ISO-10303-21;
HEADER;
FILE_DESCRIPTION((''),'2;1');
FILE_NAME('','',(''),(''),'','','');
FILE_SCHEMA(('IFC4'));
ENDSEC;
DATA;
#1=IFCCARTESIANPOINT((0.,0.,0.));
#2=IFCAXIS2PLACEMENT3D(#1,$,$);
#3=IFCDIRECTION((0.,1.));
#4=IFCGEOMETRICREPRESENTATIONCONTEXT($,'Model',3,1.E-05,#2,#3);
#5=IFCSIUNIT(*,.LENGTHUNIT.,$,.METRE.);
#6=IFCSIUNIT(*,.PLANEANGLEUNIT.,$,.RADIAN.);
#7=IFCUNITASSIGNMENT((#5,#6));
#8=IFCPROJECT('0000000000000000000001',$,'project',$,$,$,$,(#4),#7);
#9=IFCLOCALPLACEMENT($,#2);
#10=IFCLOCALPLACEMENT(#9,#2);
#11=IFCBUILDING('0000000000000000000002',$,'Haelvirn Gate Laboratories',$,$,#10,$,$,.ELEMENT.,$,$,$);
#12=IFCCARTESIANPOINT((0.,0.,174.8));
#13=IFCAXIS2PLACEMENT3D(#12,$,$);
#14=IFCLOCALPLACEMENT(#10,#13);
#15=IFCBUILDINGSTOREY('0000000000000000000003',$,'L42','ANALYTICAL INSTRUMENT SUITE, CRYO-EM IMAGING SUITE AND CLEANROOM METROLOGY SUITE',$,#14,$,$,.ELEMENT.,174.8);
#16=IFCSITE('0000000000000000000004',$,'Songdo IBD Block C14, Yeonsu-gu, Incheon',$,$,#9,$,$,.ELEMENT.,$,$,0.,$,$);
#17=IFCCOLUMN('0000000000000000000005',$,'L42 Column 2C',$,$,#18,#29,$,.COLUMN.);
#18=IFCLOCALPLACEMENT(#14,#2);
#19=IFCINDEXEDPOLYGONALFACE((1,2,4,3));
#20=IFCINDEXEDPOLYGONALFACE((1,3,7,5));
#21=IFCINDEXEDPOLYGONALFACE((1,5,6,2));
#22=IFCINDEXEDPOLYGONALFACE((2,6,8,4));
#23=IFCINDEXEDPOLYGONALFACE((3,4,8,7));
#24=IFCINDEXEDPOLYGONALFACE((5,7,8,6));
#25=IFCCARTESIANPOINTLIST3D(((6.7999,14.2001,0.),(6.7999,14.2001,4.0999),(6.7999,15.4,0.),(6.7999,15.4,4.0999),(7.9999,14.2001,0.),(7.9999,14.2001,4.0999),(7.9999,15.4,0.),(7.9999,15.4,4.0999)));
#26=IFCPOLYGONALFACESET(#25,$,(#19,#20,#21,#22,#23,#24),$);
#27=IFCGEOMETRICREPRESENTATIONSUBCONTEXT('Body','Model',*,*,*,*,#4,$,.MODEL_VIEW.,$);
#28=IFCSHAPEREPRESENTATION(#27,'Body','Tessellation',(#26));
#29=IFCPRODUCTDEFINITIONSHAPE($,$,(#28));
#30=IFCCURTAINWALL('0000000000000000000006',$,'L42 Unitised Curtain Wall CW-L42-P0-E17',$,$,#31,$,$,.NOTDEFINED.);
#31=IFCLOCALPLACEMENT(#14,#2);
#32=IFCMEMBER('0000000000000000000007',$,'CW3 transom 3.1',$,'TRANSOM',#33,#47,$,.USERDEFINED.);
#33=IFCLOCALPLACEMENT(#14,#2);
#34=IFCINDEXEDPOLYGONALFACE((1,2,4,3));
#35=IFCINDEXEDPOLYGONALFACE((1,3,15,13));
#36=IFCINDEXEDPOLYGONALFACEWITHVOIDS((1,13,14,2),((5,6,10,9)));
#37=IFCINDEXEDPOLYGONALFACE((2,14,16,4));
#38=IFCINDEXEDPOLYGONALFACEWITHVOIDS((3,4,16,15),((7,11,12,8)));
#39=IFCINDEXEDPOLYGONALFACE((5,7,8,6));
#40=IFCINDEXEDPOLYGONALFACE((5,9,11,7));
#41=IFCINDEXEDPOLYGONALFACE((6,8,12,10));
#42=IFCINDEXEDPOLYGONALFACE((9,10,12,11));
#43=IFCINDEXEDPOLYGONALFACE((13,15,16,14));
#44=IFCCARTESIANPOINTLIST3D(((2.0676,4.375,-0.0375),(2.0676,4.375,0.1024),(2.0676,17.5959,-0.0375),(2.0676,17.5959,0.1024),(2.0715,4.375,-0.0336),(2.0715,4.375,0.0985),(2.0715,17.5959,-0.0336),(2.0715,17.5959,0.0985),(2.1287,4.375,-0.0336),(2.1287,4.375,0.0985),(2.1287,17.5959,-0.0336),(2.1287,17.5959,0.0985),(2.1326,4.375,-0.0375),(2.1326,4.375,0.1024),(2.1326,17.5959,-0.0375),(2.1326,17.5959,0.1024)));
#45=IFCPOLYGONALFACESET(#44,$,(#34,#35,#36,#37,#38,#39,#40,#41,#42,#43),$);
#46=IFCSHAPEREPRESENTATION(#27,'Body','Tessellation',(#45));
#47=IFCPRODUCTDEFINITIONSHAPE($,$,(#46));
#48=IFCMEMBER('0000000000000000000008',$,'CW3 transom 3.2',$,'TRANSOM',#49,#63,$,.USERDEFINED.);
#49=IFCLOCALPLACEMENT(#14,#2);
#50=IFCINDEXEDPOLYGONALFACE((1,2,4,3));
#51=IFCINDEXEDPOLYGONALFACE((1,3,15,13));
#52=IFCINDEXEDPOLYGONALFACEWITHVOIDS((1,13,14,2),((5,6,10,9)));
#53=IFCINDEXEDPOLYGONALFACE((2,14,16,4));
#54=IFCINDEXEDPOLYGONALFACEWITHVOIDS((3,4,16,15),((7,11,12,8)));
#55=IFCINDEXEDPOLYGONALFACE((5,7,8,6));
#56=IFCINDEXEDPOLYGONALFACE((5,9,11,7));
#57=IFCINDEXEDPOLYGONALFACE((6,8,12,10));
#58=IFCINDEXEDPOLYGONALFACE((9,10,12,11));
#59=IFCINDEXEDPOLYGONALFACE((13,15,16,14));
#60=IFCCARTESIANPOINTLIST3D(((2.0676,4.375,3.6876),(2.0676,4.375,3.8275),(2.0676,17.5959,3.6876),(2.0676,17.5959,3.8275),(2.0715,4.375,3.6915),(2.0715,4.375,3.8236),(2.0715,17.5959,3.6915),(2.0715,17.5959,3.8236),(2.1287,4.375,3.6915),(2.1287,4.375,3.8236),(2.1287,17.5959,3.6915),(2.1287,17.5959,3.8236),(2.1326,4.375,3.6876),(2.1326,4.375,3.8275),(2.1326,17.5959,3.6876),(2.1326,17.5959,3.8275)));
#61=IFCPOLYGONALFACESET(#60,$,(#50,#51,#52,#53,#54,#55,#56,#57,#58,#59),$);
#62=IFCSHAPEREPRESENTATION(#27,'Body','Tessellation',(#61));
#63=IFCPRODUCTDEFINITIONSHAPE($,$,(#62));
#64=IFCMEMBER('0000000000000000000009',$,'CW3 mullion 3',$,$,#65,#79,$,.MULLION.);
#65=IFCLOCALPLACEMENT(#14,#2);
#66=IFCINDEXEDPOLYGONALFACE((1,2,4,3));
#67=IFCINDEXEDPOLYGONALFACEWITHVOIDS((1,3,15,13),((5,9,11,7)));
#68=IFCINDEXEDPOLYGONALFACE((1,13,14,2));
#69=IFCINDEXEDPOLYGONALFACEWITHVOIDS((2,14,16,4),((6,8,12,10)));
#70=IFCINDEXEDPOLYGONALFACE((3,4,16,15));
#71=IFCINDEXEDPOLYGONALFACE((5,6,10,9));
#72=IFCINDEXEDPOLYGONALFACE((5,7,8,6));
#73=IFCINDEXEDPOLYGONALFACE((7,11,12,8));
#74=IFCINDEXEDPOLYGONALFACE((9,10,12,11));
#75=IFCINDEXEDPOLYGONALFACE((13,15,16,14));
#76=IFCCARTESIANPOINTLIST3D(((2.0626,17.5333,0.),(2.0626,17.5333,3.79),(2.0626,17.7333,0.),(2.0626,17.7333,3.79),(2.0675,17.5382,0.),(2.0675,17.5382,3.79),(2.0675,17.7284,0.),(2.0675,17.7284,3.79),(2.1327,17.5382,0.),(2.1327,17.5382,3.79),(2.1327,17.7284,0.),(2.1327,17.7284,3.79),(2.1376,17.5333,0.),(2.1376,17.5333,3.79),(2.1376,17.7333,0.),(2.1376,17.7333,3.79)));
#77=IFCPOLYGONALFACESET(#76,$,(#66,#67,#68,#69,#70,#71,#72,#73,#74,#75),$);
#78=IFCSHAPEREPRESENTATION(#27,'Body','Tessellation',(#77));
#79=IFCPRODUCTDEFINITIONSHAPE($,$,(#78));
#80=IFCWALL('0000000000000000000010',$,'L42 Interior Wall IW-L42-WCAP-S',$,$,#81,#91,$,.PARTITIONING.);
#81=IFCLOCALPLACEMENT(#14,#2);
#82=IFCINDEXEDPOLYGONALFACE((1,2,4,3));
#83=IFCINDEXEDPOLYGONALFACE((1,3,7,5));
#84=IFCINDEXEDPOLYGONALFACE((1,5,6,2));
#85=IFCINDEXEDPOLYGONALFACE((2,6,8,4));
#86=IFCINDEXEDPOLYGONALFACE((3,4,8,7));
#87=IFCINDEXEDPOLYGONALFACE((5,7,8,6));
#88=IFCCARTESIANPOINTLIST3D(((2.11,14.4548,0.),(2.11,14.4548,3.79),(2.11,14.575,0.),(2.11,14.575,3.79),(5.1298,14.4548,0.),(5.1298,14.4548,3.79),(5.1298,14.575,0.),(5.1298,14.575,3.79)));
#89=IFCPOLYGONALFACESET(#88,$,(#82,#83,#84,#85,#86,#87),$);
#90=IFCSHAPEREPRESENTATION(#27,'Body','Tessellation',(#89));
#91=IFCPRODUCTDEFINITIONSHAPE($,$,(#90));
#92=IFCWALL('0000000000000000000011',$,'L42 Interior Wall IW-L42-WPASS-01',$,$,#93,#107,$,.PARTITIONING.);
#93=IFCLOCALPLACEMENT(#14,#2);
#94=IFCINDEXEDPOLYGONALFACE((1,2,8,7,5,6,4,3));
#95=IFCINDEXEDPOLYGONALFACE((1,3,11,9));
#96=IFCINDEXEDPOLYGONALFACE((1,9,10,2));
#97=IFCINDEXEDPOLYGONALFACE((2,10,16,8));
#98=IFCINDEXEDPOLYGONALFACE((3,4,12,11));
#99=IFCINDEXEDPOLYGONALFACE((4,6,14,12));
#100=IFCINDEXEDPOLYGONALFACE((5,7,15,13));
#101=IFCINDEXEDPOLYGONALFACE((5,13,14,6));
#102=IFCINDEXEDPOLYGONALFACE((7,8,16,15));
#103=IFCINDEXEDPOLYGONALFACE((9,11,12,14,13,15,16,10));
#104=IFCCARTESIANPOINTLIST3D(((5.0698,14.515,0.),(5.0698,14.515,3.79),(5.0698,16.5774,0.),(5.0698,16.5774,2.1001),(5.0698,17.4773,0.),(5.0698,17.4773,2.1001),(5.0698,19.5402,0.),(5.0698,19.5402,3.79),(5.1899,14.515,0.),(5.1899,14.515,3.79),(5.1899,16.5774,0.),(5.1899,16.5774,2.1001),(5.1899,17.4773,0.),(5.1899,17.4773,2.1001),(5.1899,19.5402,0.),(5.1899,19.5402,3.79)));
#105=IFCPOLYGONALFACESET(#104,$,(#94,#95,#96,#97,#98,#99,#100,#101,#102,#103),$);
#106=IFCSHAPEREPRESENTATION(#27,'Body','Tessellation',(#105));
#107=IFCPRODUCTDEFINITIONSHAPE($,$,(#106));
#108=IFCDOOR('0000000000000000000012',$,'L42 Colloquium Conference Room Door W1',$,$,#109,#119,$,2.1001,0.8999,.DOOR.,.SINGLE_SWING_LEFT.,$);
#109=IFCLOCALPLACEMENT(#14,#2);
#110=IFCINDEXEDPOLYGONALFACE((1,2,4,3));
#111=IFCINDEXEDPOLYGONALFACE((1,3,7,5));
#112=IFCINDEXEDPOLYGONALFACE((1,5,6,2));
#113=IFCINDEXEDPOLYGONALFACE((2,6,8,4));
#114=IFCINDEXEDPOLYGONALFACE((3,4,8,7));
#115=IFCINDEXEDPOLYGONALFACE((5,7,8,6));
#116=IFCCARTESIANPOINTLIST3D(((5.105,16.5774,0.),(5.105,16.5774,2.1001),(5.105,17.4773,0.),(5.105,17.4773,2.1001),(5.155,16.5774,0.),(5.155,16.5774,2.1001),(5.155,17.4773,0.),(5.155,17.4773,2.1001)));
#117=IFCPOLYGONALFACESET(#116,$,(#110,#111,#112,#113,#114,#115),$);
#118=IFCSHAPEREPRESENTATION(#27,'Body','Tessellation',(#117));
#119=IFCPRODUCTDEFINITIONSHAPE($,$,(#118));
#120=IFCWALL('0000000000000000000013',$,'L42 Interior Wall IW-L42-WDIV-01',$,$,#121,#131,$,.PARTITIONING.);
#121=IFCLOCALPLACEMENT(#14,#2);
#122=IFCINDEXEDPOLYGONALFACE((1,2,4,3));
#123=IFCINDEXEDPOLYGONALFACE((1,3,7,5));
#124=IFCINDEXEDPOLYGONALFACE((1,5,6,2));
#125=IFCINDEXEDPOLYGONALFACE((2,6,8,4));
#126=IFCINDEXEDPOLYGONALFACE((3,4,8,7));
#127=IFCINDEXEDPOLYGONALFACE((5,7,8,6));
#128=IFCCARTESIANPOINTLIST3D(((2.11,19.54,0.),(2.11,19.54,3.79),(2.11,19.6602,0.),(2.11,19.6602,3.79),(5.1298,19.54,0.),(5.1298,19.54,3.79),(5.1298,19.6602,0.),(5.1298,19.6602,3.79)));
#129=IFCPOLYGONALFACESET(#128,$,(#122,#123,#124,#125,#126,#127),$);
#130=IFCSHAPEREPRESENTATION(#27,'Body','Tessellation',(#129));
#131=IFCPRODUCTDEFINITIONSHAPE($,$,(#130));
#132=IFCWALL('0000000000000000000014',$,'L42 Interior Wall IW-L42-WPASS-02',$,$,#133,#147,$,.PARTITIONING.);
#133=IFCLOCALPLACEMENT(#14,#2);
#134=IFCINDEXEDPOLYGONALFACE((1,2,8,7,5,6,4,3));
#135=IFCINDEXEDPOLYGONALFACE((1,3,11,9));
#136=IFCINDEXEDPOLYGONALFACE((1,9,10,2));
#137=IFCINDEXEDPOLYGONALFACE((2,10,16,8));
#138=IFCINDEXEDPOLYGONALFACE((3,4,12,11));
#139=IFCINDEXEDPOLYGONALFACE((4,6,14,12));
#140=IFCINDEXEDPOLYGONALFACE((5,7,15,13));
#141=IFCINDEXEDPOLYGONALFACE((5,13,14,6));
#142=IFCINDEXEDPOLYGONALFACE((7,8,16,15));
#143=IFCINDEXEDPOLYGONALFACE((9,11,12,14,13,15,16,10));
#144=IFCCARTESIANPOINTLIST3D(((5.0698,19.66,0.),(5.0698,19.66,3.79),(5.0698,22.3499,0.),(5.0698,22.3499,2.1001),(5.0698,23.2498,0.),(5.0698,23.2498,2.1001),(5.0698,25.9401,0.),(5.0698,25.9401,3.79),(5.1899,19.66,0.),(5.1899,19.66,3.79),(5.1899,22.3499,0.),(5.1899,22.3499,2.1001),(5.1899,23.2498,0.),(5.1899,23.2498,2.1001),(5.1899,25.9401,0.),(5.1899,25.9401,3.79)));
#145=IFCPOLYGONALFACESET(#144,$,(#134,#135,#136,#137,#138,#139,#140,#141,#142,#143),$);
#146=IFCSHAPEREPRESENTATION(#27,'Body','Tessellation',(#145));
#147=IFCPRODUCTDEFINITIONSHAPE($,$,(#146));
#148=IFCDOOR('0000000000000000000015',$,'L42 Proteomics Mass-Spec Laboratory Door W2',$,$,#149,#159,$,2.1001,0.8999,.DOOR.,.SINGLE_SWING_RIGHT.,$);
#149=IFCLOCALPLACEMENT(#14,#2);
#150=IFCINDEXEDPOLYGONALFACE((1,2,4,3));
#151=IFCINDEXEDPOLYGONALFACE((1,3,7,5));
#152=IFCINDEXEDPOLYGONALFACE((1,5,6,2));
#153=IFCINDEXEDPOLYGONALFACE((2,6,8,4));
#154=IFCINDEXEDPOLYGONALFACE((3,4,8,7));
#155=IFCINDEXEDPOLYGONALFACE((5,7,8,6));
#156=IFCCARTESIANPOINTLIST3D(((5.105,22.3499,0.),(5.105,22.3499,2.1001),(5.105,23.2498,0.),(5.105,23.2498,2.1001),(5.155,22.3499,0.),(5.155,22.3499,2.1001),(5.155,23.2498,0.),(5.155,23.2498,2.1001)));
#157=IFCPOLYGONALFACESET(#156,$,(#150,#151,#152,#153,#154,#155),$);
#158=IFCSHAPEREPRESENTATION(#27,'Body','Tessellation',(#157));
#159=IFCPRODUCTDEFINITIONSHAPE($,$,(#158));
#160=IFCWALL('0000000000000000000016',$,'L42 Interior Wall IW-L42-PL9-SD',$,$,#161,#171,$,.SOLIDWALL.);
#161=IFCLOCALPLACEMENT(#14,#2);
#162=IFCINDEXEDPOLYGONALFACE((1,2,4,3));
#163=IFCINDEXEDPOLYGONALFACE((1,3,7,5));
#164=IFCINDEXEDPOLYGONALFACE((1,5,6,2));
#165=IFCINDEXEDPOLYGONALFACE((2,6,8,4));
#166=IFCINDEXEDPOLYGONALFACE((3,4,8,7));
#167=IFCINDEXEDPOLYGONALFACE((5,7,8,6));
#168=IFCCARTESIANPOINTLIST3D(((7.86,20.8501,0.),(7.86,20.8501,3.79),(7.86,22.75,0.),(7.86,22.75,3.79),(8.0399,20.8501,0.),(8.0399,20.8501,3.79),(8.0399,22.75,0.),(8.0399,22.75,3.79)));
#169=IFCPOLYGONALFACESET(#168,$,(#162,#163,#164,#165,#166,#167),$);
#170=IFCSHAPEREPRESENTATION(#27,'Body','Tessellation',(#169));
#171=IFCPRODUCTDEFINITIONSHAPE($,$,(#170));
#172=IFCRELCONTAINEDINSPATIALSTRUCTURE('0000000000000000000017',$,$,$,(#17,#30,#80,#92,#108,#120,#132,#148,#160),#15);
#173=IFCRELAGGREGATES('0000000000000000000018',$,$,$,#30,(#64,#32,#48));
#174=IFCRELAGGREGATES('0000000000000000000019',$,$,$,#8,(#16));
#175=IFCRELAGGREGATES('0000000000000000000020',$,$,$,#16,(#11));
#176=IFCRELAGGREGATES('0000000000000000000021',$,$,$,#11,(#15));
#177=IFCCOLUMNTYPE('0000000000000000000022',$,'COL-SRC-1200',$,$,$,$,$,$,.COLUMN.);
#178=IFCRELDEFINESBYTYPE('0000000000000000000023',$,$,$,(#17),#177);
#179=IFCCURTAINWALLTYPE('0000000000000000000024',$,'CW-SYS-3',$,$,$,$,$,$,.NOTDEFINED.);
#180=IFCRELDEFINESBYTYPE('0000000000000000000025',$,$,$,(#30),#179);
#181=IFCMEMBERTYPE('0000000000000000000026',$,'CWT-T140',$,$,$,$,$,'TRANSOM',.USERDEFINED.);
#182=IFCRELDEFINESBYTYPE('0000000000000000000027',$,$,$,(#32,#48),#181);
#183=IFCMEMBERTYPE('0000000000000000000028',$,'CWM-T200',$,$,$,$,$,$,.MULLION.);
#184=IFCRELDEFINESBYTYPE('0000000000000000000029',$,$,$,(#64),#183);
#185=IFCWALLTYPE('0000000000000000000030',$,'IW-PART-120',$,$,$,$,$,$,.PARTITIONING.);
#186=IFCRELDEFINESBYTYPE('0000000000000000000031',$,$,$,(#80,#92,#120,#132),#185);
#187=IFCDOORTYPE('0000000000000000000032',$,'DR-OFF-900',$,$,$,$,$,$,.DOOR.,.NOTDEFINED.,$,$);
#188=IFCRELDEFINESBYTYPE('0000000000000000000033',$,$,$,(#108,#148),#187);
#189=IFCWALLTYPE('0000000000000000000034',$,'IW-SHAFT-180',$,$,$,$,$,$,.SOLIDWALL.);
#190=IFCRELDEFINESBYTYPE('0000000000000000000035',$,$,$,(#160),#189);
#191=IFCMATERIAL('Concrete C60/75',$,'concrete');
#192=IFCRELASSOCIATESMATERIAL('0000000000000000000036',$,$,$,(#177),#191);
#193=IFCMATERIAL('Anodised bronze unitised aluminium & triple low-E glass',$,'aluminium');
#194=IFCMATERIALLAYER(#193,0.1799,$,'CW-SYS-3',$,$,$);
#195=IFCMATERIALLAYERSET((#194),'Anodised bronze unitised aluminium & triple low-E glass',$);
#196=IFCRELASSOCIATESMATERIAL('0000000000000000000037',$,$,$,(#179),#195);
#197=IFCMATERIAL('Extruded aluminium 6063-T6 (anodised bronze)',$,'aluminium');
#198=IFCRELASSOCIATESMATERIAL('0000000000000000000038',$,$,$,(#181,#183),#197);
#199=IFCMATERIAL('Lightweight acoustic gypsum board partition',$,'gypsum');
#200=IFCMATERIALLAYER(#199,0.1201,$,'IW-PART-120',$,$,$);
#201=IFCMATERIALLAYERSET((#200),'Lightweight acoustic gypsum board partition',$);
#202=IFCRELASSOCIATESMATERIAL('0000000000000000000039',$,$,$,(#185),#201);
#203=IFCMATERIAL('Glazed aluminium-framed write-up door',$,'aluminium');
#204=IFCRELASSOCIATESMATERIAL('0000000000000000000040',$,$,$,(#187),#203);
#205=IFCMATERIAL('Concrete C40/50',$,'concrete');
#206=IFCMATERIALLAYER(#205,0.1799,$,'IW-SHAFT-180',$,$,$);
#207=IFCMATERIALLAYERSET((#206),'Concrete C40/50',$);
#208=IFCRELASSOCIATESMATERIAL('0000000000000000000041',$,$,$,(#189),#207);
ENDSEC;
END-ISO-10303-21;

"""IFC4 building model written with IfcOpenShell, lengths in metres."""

from ifc_helpers import new_model, si_unit, direction, frame, frame_2d, origin, origin_2d, place, context, subcontext, project, spatial, rectangle, hollow_rectangle, extrude, source, transform, mapped, material, layer, layer_set, material_profile, profile_set, type_object, type_shapes, element, fill, aggregate, save


model = new_model("IFC4")

# Units and contexts
model_context = context("Model", 3, precision=1e-05, world=origin(), true_north=direction((0.0, 1.0)))
body_context = subcontext(model_context, "Body", "Model", "MODEL_VIEW")
ifc_project = project(units=[si_unit("LENGTHUNIT", "METRE"), si_unit("PLANEANGLEUNIT", "RADIAN")], contexts=[model_context])

# Site, building, storey
site_placement = place(None, origin())
site = spatial("IfcSite", under=ifc_project, at=site_placement, Name="Songdo IBD Block C14, Yeonsu-gu, Incheon", CompositionType="ELEMENT", RefElevation=0.0)
building_placement = place(site_placement, origin())
building = spatial("IfcBuilding", under=site, at=building_placement, Name="Haelvirn Gate Laboratories", CompositionType="ELEMENT")
storey_placement = place(building_placement, frame((0.0, 0.0, 174.8)))
storey = spatial("IfcBuildingStorey", under=building, at=storey_placement, Name="L42", Description="ANALYTICAL INSTRUMENT SUITE, CRYO-EM IMAGING SUITE AND CLEANROOM METROLOGY SUITE", CompositionType="ELEMENT", Elevation=174.8)

# Column
ifc_material_1 = material(Name="Concrete C60/75", Category="concrete")
ifc_material_profile_1 = material_profile(ifc_material_1, rectangle(XDim=1.2, YDim=1.2, at=origin_2d()), Name="SRC-1200x1200")
ifc_profile_set_1 = profile_set([ifc_material_profile_1], Name="Concrete C60/75")
column_type = type_object("IfcColumnType", Name="COL-SRC-1200", PredefinedType="COLUMN", material=ifc_profile_set_1)
shared_shape_1 = source(origin(), body_context, "Body", "SweptSolid", [
    extrude(rectangle(XDim=1.2, YDim=1.2, at=origin_2d()), origin(), (0.0, 0.0, 1.0), 4.0999),
])
type_shapes(column_type, [shared_shape_1])
column_placement = place(storey_placement, frame((7.3999, 14.8, 0.0), z_axis=(0.0, 0.0, 1.0), x_axis=(1.0, 0.0, 0.0)))
element("IfcColumn", 1, at=column_placement, inside=storey, type_object=column_type, Name="L42 Column 2C", PredefinedType="COLUMN", context=body_context, shape_type="MappedRepresentation", body=[
    mapped(shared_shape_1, transform((0.0, 0.0, 0.0), scale=1.0)),
])

# Curtain wall, members
ifc_material_2 = material(Name="Anodised bronze unitised aluminium & triple low-E glass", Category="aluminium")
ifc_layer_1 = layer(ifc_material_2, 0.1799, Name="CW-SYS-3")
ifc_layer_set_1 = layer_set([ifc_layer_1], Name="Anodised bronze unitised aluminium & triple low-E glass")
curtain_wall_type = type_object("IfcCurtainWallType", Name="CW-SYS-3", PredefinedType="NOTDEFINED", material=ifc_layer_set_1)
curtain_wall_placement = place(storey_placement, origin())
curtain_wall = element("IfcCurtainWall", 2, at=curtain_wall_placement, inside=storey, type_object=curtain_wall_type, Name="L42 Unitised Curtain Wall CW-L42-P0-E17", PredefinedType="NOTDEFINED")
ifc_material_3 = material(Name="Extruded aluminium 6063-T6 (anodised bronze)", Category="aluminium")
ifc_material_profile_2 = material_profile(ifc_material_3, hollow_rectangle(XDim=0.0649, YDim=0.1399, WallThickness=0.0039, at=origin_2d()), Name="CWT-140x65x4")
ifc_profile_set_2 = profile_set([ifc_material_profile_2], Name="Extruded aluminium 6063-T6 (anodised bronze)")
member_type_1 = type_object("IfcMemberType", Name="CWT-T140", ElementType="TRANSOM", PredefinedType="USERDEFINED", material=ifc_profile_set_2)
shared_shape_2 = source(origin(), body_context, "Body", "SweptSolid", [
    extrude(hollow_rectangle(XDim=0.0649, YDim=0.1399, WallThickness=0.0039, at=origin_2d()), origin(), (0.0, 0.0, 1.0), 13.2209),
])
type_shapes(member_type_1, [shared_shape_2])
member_1_placement = place(storey_placement, frame((2.1001, 17.5959, 0.0325), z_axis=(0.0, -1.0, 0.0), x_axis=(1.0, 0.0, 0.0)))
member_1 = element("IfcMember", 3, at=member_1_placement, type_object=member_type_1, Name="CW3 transom 3.1", ObjectType="TRANSOM", PredefinedType="USERDEFINED", context=body_context, shape_type="MappedRepresentation", body=[
    mapped(shared_shape_2, transform((0.0, 0.0, 0.0), scale=1.0)),
])
member_2_placement = place(storey_placement, frame((2.1001, 17.5959, 3.7576), z_axis=(0.0, -1.0, 0.0), x_axis=(1.0, 0.0, 0.0)))
member_2 = element("IfcMember", 4, at=member_2_placement, type_object=member_type_1, Name="CW3 transom 3.2", ObjectType="TRANSOM", PredefinedType="USERDEFINED", context=body_context, shape_type="MappedRepresentation", body=[
    mapped(shared_shape_2, transform((0.0, 0.0, 0.0), scale=1.0)),
])
ifc_material_profile_3 = material_profile(ifc_material_3, hollow_rectangle(XDim=0.075, YDim=0.2, WallThickness=0.0049, at=origin_2d()), Name="CWM-200x75x5")
ifc_profile_set_3 = profile_set([ifc_material_profile_3], Name="Extruded aluminium 6063-T6 (anodised bronze)")
member_type_2 = type_object("IfcMemberType", Name="CWM-T200", PredefinedType="MULLION", material=ifc_profile_set_3)
shared_shape_3 = source(origin(), body_context, "Body", "SweptSolid", [
    extrude(hollow_rectangle(XDim=0.075, YDim=0.2, WallThickness=0.0049, at=origin_2d()), origin(), (0.0, 0.0, 1.0), 3.79),
])
type_shapes(member_type_2, [shared_shape_3])
member_3_placement = place(storey_placement, frame((2.1001, 17.6333, 0.0), z_axis=(0.0, 0.0, 1.0), x_axis=(1.0, 0.0, 0.0)))
member_3 = element("IfcMember", 5, at=member_3_placement, type_object=member_type_2, Name="CW3 mullion 3", PredefinedType="MULLION", context=body_context, shape_type="MappedRepresentation", body=[
    mapped(shared_shape_3, transform((0.0, 0.0, 0.0), scale=1.0)),
])
aggregate(curtain_wall, [member_3, member_1, member_2])

# Wall
ifc_material_4 = material(Name="Lightweight acoustic gypsum board partition", Category="gypsum")
ifc_layer_2 = layer(ifc_material_4, 0.1201, Name="IW-PART-120")
ifc_layer_set_2 = layer_set([ifc_layer_2], Name="Lightweight acoustic gypsum board partition")
wall_type_1 = type_object("IfcWallType", Name="IW-PART-120", PredefinedType="PARTITIONING", material=ifc_layer_set_2)
wall_1_placement = place(storey_placement, frame((2.1101, 14.5149, 0.0), z_axis=(0.0, 0.0, 1.0), x_axis=(1.0, 0.0, 0.0)))
element("IfcWall", 6, at=wall_1_placement, inside=storey, type_object=wall_type_1, Name="L42 Interior Wall IW-L42-WCAP-S", PredefinedType="PARTITIONING", context=body_context, shape_type="SweptSolid", body=[
    extrude(rectangle(XDim=3.0198, YDim=0.1201, at=frame_2d((1.5098, 0.0))), origin(), (0.0, 0.0, 1.0), 3.79),
])

# Wall, opening, door
wall_2_placement = place(storey_placement, frame((5.1299, 14.5149, 0.0), z_axis=(0.0, 0.0, 1.0), x_axis=(0.0, 1.0, 0.0)))
wall_2 = element("IfcWall", 7, at=wall_2_placement, inside=storey, type_object=wall_type_1, Name="L42 Interior Wall IW-L42-WPASS-01", PredefinedType="PARTITIONING", context=body_context, shape_type="SweptSolid", body=[
    extrude(rectangle(XDim=5.0251, YDim=0.1201, at=frame_2d((2.5127, 0.0))), origin(), (0.0, 0.0, 1.0), 3.79),
])
opening_1_placement = place(wall_2_placement, frame((2.0625, 0.0, 0.0)))
opening_1 = element("IfcOpeningElement", 8, at=opening_1_placement, cuts=wall_2, PredefinedType="OPENING", context=body_context, shape_type="SweptSolid", body=[
    extrude(rectangle(XDim=0.8999, YDim=2.1001, at=frame_2d((0.45, 1.05))), frame((0.0, 0.0701, 0.0), z_axis=(0.0, -1.0, 0.0), x_axis=(1.0, 0.0, 0.0)), (0.0, 0.0, 1.0), 0.1401),
])
ifc_material_5 = material(Name="Glazed aluminium-framed write-up door", Category="aluminium")
door_type_1 = type_object("IfcDoorType", Name="DR-OFF-900", OperationType="NOTDEFINED", PredefinedType="DOOR", material=ifc_material_5)
shared_shape_4 = source(origin(), body_context, "Body", "SweptSolid", [
    extrude(rectangle(XDim=0.8999, YDim=2.1001, at=frame_2d((0.45, 1.05))), frame((0.0, 0.0249, 0.0), z_axis=(0.0, -1.0, 0.0), x_axis=(1.0, 0.0, 0.0)), (0.0, 0.0, 1.0), 0.05),
])
type_shapes(door_type_1, [shared_shape_4])
door_1_placement = place(opening_1_placement, origin())
door_1 = element("IfcDoor", 9, at=door_1_placement, inside=storey, type_object=door_type_1, Name="L42 Colloquium Conference Room Door W1", OperationType="SINGLE_SWING_LEFT", OverallHeight=2.1001, OverallWidth=0.8999, PredefinedType="DOOR", context=body_context, shape_type="MappedRepresentation", body=[
    mapped(shared_shape_4, transform((0.0, 0.0, 0.0), scale=1.0)),
])
fill(opening_1, door_1)

# Wall
wall_3_placement = place(storey_placement, frame((2.1101, 19.6001, 0.0), z_axis=(0.0, 0.0, 1.0), x_axis=(1.0, 0.0, 0.0)))
element("IfcWall", 10, at=wall_3_placement, inside=storey, type_object=wall_type_1, Name="L42 Interior Wall IW-L42-WDIV-01", PredefinedType="PARTITIONING", context=body_context, shape_type="SweptSolid", body=[
    extrude(rectangle(XDim=3.0198, YDim=0.1201, at=frame_2d((1.5098, 0.0))), origin(), (0.0, 0.0, 1.0), 3.79),
])

# Wall, opening, door
wall_4_placement = place(storey_placement, frame((5.1299, 19.6599, 0.0), z_axis=(0.0, 0.0, 1.0), x_axis=(0.0, 1.0, 0.0)))
wall_4 = element("IfcWall", 11, at=wall_4_placement, inside=storey, type_object=wall_type_1, Name="L42 Interior Wall IW-L42-WPASS-02", PredefinedType="PARTITIONING", context=body_context, shape_type="SweptSolid", body=[
    extrude(rectangle(XDim=6.28, YDim=0.1201, at=frame_2d((3.1401, 0.0))), origin(), (0.0, 0.0, 1.0), 3.79),
])
opening_2_placement = place(wall_4_placement, frame((2.6899, 0.0, 0.0)))
opening_2 = element("IfcOpeningElement", 12, at=opening_2_placement, cuts=wall_4, PredefinedType="OPENING", context=body_context, shape_type="SweptSolid", body=[
    extrude(rectangle(XDim=0.8999, YDim=2.1001, at=frame_2d((0.45, 1.05))), frame((0.0, 0.0701, 0.0), z_axis=(0.0, -1.0, 0.0), x_axis=(1.0, 0.0, 0.0)), (0.0, 0.0, 1.0), 0.1401),
])
door_2_placement = place(opening_2_placement, origin())
door_2 = element("IfcDoor", 13, at=door_2_placement, inside=storey, type_object=door_type_1, Name="L42 Proteomics Mass-Spec Laboratory Door W2", OperationType="SINGLE_SWING_RIGHT", OverallHeight=2.1001, OverallWidth=0.8999, PredefinedType="DOOR", context=body_context, shape_type="MappedRepresentation", body=[
    mapped(shared_shape_4, transform((0.0, 0.0, 0.0), scale=1.0)),
])
fill(opening_2, door_2)

# Wall
ifc_material_6 = material(Name="Concrete C40/50", Category="concrete")
ifc_layer_3 = layer(ifc_material_6, 0.1799, Name="IW-SHAFT-180")
ifc_layer_set_3 = layer_set([ifc_layer_3], Name="Concrete C40/50")
wall_type_2 = type_object("IfcWallType", Name="IW-SHAFT-180", PredefinedType="SOLIDWALL", material=ifc_layer_set_3)
for number, where, z_axis, x_axis, name in (
    (14, (7.95, 20.8501, 0.0), (0.0, 0.0, 1.0), (0.0, 1.0, 0.0), "L42 Interior Wall IW-L42-PL9-SD"),
):
    element("IfcWall", number, at=place(storey_placement, frame(where, z_axis=z_axis, x_axis=x_axis)), inside=storey, type_object=wall_type_2, Name=name, PredefinedType="SOLIDWALL", context=body_context, shape_type="SweptSolid", body=[
        extrude(rectangle(XDim=1.8999, YDim=0.1799, at=frame_2d((0.95, 0.0))), origin(), (0.0, 0.0, 1.0), 3.79),
    ])

save(model, "model.ifc")
